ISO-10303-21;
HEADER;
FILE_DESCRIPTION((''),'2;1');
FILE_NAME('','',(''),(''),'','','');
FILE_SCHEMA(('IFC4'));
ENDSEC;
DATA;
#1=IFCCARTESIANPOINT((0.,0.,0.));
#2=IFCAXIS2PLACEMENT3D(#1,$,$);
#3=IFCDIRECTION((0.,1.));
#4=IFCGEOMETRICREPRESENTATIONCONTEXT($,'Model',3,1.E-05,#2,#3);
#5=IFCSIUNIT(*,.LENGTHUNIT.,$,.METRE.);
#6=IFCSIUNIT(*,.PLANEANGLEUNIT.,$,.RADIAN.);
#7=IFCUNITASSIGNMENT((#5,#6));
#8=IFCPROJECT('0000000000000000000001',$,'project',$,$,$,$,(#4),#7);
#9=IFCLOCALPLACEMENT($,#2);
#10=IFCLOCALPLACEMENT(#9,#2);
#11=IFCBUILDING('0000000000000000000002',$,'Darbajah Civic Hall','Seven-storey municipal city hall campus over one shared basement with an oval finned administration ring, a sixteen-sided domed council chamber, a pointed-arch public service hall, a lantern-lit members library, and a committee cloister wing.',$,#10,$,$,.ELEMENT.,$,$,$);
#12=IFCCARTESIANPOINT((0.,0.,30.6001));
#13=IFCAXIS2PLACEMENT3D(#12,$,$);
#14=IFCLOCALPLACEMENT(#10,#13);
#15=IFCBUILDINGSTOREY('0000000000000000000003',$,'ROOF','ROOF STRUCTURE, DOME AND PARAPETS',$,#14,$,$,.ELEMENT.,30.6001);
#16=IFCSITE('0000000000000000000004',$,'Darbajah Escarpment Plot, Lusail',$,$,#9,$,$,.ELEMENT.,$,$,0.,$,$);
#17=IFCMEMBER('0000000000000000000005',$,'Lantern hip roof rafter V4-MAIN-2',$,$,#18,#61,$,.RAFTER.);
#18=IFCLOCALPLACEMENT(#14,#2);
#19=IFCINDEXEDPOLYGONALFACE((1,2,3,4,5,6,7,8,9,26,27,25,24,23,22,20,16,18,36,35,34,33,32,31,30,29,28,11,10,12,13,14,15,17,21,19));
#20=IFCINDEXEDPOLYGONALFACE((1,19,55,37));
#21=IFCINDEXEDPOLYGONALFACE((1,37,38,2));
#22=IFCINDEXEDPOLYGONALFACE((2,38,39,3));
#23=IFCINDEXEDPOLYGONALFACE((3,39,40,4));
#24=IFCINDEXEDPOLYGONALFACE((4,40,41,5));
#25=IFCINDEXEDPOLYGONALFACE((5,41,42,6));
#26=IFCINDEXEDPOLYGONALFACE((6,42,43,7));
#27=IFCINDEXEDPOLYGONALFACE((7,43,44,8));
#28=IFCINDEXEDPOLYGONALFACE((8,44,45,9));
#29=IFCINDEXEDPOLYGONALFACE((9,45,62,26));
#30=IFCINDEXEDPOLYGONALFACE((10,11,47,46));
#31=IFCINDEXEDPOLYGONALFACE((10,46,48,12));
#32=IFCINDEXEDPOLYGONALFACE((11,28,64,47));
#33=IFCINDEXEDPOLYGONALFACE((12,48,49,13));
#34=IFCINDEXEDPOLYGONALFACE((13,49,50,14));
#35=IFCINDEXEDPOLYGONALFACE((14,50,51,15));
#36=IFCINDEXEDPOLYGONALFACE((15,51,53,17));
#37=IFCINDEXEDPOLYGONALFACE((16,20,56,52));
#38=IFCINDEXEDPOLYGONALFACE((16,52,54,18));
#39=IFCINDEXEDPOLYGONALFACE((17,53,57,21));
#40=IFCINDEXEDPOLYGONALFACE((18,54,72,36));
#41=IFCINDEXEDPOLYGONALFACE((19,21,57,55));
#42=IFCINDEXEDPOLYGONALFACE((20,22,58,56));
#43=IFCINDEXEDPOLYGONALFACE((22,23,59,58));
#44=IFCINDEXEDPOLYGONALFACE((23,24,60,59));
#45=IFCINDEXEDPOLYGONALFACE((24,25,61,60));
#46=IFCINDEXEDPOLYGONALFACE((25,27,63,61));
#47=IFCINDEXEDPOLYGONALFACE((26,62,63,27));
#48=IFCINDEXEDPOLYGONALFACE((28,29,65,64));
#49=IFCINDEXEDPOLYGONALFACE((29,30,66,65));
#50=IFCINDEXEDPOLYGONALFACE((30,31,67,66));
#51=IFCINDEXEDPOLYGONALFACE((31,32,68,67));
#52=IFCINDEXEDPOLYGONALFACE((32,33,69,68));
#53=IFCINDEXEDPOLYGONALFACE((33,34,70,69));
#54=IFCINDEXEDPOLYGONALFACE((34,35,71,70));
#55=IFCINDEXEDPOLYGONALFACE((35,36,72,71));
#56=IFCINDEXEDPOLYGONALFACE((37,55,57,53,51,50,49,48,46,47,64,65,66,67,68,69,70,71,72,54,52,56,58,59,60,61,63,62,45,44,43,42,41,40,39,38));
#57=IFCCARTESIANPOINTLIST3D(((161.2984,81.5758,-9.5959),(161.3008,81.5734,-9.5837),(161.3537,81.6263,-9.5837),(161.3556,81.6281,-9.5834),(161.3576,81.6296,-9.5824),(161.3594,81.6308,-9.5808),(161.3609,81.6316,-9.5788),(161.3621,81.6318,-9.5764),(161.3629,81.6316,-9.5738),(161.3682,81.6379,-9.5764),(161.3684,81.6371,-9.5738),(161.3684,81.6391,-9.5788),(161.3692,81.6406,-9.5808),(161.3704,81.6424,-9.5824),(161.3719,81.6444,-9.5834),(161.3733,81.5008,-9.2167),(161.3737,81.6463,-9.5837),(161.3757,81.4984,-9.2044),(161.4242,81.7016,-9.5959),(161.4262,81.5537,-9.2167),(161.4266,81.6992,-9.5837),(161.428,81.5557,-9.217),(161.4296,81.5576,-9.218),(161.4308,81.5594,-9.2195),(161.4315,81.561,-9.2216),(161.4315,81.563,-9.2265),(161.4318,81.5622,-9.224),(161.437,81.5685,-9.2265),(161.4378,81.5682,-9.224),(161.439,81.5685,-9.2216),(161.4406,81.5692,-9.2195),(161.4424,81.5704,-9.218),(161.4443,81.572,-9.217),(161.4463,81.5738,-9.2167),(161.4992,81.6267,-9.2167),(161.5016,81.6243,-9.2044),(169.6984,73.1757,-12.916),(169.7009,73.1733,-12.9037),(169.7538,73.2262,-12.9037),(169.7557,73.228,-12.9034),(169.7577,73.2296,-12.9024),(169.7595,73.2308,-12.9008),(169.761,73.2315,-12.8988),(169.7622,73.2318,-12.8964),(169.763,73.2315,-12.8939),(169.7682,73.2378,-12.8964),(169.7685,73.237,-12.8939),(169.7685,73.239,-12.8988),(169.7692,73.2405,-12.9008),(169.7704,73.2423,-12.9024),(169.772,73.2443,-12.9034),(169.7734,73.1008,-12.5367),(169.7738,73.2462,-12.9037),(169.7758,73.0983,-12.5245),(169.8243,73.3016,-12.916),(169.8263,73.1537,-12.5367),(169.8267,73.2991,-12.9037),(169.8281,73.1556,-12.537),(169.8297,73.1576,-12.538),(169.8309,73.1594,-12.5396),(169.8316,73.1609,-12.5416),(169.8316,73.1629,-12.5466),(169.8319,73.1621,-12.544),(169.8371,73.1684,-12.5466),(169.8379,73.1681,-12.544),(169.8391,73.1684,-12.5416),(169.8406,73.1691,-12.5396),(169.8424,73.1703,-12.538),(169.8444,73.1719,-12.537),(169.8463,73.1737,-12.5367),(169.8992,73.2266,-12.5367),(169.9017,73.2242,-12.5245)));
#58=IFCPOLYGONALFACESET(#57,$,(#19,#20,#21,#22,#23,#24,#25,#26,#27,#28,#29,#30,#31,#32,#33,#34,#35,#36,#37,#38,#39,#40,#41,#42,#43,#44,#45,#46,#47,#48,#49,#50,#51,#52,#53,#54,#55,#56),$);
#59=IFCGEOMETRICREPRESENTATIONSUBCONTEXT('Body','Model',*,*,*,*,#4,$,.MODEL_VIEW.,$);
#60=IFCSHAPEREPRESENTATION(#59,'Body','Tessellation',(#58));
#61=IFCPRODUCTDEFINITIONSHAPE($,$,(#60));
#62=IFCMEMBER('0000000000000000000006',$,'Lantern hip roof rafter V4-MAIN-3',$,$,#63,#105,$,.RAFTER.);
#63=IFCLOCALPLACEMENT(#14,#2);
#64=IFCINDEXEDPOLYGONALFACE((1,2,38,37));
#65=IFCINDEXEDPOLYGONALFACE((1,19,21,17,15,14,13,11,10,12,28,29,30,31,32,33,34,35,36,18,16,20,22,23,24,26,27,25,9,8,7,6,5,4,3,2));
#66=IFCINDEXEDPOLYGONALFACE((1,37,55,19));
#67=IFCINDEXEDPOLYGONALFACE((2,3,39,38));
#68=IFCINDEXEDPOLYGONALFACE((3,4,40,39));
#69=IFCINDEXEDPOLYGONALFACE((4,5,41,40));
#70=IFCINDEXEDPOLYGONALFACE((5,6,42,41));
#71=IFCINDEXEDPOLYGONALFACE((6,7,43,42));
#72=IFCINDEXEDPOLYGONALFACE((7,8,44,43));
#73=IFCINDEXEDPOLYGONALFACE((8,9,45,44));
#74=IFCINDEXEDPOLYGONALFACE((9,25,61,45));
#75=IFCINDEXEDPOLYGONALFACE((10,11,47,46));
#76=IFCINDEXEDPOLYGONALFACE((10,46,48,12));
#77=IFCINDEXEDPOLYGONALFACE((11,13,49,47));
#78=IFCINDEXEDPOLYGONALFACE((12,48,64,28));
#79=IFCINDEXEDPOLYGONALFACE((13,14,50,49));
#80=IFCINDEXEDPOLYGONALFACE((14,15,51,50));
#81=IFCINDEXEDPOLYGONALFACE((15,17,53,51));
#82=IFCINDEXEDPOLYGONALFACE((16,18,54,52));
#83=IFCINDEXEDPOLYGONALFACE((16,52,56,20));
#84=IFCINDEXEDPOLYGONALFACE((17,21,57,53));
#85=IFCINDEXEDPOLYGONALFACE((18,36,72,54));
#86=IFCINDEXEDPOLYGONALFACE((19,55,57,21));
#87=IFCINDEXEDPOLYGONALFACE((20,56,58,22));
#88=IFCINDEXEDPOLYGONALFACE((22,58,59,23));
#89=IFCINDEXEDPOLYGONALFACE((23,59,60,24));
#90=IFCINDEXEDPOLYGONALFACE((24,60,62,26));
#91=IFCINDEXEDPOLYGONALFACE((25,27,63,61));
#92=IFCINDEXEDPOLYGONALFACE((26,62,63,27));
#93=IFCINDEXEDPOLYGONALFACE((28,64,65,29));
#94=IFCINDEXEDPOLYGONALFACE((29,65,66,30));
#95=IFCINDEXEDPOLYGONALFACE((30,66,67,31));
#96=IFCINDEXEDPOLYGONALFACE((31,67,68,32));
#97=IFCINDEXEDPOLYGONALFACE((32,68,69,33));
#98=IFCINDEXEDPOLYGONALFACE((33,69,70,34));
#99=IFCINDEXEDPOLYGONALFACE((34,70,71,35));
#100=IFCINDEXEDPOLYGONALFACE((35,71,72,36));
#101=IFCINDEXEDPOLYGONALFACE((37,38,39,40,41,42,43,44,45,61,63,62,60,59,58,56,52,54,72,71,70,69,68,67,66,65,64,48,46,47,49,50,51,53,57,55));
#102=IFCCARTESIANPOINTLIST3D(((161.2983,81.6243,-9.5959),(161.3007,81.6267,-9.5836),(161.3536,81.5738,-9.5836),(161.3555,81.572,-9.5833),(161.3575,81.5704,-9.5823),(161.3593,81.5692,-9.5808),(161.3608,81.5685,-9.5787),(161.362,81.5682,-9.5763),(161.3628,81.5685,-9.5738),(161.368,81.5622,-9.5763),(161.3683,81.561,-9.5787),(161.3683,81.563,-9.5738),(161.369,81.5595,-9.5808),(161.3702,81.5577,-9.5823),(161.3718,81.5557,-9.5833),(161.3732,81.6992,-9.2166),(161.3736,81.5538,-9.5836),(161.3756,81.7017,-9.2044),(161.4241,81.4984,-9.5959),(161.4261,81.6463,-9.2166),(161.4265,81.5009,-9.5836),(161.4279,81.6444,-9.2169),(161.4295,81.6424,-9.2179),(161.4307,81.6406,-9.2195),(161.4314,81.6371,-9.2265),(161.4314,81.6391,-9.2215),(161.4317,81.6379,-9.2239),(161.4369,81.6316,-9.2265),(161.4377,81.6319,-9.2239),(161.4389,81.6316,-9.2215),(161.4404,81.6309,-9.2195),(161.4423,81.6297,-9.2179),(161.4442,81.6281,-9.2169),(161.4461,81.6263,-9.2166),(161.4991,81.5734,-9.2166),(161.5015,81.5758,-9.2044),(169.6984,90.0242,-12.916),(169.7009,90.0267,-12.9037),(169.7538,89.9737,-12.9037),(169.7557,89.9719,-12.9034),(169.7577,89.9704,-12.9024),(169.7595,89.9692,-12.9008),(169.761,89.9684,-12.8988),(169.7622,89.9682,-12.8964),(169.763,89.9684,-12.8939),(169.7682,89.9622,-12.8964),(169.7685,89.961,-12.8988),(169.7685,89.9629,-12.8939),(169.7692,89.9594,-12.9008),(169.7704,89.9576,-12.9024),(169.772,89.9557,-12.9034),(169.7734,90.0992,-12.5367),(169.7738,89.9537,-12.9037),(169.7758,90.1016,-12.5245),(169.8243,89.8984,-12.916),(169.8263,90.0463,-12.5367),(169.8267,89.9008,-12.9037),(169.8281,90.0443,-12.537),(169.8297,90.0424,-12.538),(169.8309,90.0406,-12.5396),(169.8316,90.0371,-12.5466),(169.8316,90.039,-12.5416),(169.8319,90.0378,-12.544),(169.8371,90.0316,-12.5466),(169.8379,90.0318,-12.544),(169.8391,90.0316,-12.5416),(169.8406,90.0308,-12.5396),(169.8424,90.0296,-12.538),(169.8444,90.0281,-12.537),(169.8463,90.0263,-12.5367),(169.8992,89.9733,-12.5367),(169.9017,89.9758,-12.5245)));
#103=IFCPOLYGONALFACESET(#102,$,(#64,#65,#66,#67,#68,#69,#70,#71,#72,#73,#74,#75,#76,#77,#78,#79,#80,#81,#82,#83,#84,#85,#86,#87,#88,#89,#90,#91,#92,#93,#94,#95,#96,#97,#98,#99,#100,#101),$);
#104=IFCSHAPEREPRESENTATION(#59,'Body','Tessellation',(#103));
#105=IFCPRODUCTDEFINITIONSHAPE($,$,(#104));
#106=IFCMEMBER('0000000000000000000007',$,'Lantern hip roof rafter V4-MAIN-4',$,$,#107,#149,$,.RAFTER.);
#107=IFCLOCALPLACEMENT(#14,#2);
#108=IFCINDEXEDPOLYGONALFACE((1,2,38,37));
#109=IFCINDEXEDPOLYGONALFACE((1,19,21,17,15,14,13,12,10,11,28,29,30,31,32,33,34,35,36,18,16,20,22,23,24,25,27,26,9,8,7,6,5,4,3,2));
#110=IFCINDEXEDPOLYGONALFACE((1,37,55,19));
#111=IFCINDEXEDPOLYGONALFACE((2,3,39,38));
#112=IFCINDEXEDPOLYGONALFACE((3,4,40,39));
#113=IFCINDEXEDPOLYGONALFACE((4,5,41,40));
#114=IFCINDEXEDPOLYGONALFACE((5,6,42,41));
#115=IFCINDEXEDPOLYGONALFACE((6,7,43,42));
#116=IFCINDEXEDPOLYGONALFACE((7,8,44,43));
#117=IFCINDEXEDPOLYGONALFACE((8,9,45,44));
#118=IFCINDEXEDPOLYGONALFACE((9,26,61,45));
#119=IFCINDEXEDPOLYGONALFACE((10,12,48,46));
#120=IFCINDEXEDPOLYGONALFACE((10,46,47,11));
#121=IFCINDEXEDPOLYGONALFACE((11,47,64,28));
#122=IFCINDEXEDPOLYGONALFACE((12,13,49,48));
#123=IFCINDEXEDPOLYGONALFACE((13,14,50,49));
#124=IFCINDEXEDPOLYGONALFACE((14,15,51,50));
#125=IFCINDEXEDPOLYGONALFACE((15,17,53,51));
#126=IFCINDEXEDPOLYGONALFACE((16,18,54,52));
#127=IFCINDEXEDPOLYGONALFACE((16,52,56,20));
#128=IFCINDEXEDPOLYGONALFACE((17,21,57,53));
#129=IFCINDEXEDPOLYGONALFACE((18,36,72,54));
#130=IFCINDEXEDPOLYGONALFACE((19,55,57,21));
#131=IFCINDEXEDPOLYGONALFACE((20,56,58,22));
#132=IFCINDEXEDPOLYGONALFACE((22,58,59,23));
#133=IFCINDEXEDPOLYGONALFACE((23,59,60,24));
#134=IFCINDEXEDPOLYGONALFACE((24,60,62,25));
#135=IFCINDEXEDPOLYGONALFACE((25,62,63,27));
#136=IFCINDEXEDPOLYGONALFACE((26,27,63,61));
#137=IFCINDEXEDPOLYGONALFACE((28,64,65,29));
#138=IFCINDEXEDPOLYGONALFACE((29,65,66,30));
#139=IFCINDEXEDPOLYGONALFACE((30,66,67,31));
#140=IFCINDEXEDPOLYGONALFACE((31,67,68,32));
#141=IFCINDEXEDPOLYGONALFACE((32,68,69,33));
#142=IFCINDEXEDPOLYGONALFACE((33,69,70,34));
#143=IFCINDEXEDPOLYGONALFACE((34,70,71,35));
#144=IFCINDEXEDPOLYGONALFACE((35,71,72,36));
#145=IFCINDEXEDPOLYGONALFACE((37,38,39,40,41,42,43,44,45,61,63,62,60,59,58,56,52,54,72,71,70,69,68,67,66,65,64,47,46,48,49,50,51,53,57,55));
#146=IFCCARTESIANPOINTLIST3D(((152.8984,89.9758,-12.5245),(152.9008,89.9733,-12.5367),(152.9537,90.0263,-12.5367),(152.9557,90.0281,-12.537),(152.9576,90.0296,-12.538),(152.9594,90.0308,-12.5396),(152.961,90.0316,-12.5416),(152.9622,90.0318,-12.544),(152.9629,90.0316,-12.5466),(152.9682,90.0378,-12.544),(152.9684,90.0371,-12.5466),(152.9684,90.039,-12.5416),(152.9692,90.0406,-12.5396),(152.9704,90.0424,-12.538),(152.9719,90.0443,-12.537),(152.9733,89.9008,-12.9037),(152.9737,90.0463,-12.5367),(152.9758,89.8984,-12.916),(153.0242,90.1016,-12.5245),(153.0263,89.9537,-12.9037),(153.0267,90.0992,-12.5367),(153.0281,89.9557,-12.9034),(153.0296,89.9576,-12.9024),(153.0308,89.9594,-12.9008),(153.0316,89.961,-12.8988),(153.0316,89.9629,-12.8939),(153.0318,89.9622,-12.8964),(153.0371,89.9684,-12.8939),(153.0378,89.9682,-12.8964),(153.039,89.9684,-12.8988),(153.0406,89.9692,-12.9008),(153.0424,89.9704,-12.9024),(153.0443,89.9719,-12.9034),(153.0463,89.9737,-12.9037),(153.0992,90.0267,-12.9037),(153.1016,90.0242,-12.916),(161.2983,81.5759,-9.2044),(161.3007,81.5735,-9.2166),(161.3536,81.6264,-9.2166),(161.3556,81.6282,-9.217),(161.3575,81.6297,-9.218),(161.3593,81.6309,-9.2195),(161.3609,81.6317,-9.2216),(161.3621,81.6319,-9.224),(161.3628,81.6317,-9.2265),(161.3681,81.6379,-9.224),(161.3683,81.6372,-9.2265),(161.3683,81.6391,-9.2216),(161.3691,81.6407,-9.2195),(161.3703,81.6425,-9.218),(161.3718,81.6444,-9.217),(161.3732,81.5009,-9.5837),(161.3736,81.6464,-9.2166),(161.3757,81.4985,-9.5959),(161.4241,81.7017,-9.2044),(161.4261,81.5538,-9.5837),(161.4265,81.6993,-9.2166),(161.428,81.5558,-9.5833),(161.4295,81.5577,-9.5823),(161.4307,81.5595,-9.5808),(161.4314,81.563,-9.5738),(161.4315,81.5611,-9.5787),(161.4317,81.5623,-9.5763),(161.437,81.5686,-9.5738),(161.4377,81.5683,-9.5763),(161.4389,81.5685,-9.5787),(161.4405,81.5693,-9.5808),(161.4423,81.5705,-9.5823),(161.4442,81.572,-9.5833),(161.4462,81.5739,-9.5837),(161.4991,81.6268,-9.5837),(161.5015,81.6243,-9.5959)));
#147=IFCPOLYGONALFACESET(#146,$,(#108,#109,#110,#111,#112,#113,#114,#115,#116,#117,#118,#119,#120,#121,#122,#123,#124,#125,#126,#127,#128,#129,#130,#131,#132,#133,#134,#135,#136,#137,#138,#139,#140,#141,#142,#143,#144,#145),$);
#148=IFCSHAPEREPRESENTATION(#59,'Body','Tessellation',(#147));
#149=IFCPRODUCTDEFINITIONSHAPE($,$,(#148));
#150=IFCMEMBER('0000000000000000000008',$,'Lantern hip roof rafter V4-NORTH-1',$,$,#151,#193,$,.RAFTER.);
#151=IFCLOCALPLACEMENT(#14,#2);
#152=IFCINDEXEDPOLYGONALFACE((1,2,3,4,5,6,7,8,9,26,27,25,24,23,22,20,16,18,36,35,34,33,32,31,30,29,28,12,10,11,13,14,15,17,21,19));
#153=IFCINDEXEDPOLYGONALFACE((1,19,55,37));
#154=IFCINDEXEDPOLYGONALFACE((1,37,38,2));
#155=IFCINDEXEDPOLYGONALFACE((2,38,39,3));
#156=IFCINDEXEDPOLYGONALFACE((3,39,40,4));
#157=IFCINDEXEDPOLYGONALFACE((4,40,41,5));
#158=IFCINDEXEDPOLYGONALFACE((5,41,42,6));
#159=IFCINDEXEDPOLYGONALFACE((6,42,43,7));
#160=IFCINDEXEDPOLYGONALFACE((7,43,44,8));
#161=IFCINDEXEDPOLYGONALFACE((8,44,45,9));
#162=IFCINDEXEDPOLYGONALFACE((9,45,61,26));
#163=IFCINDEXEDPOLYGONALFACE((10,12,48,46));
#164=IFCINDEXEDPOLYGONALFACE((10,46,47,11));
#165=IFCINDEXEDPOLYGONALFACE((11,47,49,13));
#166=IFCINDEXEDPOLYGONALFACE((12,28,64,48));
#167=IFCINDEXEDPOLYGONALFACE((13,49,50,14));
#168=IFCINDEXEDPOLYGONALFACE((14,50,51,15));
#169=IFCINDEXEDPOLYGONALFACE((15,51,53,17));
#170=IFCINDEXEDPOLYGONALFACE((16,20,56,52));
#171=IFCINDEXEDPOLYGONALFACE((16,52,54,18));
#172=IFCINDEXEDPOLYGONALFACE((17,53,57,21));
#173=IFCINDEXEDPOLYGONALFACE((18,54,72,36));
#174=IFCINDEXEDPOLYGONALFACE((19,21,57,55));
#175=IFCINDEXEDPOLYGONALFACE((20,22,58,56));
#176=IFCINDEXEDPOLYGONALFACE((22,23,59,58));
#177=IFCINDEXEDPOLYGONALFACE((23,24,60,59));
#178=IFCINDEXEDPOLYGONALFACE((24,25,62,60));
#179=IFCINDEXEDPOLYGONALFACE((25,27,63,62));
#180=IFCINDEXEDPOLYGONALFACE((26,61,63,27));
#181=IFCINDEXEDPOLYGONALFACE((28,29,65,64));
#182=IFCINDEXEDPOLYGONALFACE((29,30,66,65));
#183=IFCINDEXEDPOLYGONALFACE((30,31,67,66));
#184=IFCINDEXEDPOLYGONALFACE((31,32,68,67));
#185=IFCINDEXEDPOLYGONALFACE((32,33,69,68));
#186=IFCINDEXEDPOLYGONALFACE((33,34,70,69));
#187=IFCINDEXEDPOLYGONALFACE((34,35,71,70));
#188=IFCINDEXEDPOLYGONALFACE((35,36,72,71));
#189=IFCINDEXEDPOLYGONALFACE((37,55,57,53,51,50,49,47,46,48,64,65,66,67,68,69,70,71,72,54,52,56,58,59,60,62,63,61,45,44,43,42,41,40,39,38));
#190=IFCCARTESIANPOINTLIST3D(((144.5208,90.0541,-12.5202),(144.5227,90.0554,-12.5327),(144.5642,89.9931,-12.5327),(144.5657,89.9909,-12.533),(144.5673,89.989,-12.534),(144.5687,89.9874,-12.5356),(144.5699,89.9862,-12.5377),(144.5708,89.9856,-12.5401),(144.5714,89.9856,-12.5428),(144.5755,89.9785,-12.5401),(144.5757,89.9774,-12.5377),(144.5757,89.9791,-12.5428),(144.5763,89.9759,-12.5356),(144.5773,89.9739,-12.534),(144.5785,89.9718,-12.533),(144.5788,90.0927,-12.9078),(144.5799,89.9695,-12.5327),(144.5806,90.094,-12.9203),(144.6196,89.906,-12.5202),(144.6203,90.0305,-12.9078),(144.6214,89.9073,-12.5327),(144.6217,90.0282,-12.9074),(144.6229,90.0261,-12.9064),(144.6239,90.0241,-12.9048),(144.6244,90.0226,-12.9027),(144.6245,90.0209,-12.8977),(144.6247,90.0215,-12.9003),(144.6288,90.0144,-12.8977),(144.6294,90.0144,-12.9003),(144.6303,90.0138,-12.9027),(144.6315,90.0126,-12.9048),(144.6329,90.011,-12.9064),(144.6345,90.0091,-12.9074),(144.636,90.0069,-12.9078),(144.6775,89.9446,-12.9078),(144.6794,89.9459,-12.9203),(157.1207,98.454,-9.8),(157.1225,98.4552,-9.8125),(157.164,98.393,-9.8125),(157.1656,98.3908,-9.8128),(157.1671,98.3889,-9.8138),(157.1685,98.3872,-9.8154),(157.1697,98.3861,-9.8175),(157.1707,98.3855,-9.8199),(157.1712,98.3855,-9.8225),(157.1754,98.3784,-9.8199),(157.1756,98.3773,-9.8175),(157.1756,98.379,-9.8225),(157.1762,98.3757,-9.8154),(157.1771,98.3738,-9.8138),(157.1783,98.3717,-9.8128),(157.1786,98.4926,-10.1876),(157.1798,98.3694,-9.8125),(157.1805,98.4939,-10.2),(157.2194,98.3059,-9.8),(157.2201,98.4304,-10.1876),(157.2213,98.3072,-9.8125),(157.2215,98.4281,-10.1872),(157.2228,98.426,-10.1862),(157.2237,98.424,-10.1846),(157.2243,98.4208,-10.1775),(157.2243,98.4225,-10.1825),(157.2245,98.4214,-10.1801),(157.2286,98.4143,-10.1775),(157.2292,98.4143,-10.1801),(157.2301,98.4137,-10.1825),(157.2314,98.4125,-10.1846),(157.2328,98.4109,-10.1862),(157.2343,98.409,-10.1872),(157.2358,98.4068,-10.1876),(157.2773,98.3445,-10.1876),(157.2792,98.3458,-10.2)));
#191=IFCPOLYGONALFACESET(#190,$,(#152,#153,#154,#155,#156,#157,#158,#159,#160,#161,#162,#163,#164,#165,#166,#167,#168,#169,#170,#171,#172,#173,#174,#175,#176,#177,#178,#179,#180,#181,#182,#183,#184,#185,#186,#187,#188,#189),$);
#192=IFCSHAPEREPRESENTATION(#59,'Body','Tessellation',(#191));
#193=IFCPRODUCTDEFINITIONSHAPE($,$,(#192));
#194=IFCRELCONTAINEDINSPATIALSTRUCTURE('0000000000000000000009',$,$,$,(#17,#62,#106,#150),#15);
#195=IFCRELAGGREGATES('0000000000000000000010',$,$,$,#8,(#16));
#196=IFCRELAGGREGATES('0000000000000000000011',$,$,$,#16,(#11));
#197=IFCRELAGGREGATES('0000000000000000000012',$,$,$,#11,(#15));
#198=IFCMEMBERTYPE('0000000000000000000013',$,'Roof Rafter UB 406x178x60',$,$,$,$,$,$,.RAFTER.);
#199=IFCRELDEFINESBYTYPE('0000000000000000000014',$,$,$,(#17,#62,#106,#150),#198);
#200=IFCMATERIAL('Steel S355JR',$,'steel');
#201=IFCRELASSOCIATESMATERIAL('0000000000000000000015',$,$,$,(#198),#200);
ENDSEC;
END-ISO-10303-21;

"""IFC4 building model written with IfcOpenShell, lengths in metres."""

from ifc_helpers import new_model, si_unit, direction, frame, origin, origin_2d, place, context, subcontext, project, spatial, i_section, extrude, material, material_profile, profile_set, type_object, element, save


model = new_model("IFC4")

# Units and contexts
model_context = context("Model", 3, precision=1e-05, world=origin(), true_north=direction((0.0, 1.0)))
body_context = subcontext(model_context, "Body", "Model", "MODEL_VIEW")
ifc_project = project(units=[si_unit("LENGTHUNIT", "METRE"), si_unit("PLANEANGLEUNIT", "RADIAN")], contexts=[model_context])

# Site, building, storey
site_placement = place(None, origin())
site = spatial("IfcSite", under=ifc_project, at=site_placement, Name="Darbajah Escarpment Plot, Lusail", CompositionType="ELEMENT", RefElevation=0.0)
building_placement = place(site_placement, origin())
building = spatial("IfcBuilding", under=site, at=building_placement, Name="Darbajah Civic Hall", Description="Seven-storey municipal city hall campus over one shared basement with an oval finned administration ring, a sixteen-sided domed council chamber, a pointed-arch public service hall, a lantern-lit members library, and a committee cloister wing.", CompositionType="ELEMENT")
storey_placement = place(building_placement, frame((0.0, 0.0, 30.6001)))
storey = spatial("IfcBuildingStorey", under=building, at=storey_placement, Name="ROOF", Description="ROOF STRUCTURE, DOME AND PARAPETS", CompositionType="ELEMENT", Elevation=30.6001)

# Members
ifc_material_1 = material(Name="Steel S355JR", Category="steel")
ifc_material_profile_1 = material_profile(ifc_material_1, i_section(OverallWidth=0.178, OverallDepth=0.4065, WebThickness=0.0078, FlangeThickness=0.0127, FilletRadius=0.0103, at=origin_2d()), Name="UB 406x178x60")
ifc_profile_set_1 = profile_set([ifc_material_profile_1], Name="Steel S355JR")
member_type_1 = type_object("IfcMemberType", Name="Roof Rafter UB 406x178x60", PredefinedType="RAFTER", material=ifc_profile_set_1)
for number, where, z_axis, x_axis, name in (
    (1, (169.8, 73.2, -12.7202), (-0.681011, 0.681011, 0.269162), (-0.707107, -0.707107, 0.0), "Lantern hip roof rafter V4-MAIN-2"),
    (2, (169.8, 90.0, -12.7202), (-0.68102, -0.681, 0.269166), (0.707097, -0.707117, 0.0), "Lantern hip roof rafter V4-MAIN-3"),
):
    element("IfcMember", number, at=place(storey_placement, frame(where, z_axis=z_axis, x_axis=x_axis)), inside=storey, type_object=member_type_1, Name=name, PredefinedType="RAFTER", context=body_context, shape_type="SweptSolid", body=[
        extrude(i_section(OverallWidth=0.178, OverallDepth=0.4065, WebThickness=0.0078, FlangeThickness=0.0127, FilletRadius=0.0103, at=origin_2d()), origin(), (0.0, 0.0, 1.0), 12.3347),
    ])
member_1_placement = place(storey_placement, frame((153.0, 90.0, -12.7202), z_axis=(0.681009, -0.681009, 0.26917), x_axis=(0.707107, 0.707107, 0.0)))
element("IfcMember", 3, at=member_1_placement, inside=storey, type_object=member_type_1, Name="Lantern hip roof rafter V4-MAIN-4", PredefinedType="RAFTER", context=body_context, shape_type="SweptSolid", body=[
    extrude(i_section(OverallWidth=0.178, OverallDepth=0.4065, WebThickness=0.0078, FlangeThickness=0.0127, FilletRadius=0.0103, at=origin_2d()), origin(), (0.0, 0.0, 1.0), 12.3345),
])
member_2_placement = place(storey_placement, frame((144.6001, 90.0, -12.7202), z_axis=(0.818942, 0.545962, 0.176804), x_axis=(-0.5547, 0.83205, 0.0)))
element("IfcMember", 4, at=member_2_placement, inside=storey, type_object=member_type_1, Name="Lantern hip roof rafter V4-NORTH-1", PredefinedType="RAFTER", context=body_context, shape_type="SweptSolid", body=[
    extrude(i_section(OverallWidth=0.178, OverallDepth=0.4065, WebThickness=0.0078, FlangeThickness=0.0127, FilletRadius=0.0103, at=origin_2d()), origin(), (0.0, 0.0, 1.0), 15.3855),
])

save(model, "model.ifc")
